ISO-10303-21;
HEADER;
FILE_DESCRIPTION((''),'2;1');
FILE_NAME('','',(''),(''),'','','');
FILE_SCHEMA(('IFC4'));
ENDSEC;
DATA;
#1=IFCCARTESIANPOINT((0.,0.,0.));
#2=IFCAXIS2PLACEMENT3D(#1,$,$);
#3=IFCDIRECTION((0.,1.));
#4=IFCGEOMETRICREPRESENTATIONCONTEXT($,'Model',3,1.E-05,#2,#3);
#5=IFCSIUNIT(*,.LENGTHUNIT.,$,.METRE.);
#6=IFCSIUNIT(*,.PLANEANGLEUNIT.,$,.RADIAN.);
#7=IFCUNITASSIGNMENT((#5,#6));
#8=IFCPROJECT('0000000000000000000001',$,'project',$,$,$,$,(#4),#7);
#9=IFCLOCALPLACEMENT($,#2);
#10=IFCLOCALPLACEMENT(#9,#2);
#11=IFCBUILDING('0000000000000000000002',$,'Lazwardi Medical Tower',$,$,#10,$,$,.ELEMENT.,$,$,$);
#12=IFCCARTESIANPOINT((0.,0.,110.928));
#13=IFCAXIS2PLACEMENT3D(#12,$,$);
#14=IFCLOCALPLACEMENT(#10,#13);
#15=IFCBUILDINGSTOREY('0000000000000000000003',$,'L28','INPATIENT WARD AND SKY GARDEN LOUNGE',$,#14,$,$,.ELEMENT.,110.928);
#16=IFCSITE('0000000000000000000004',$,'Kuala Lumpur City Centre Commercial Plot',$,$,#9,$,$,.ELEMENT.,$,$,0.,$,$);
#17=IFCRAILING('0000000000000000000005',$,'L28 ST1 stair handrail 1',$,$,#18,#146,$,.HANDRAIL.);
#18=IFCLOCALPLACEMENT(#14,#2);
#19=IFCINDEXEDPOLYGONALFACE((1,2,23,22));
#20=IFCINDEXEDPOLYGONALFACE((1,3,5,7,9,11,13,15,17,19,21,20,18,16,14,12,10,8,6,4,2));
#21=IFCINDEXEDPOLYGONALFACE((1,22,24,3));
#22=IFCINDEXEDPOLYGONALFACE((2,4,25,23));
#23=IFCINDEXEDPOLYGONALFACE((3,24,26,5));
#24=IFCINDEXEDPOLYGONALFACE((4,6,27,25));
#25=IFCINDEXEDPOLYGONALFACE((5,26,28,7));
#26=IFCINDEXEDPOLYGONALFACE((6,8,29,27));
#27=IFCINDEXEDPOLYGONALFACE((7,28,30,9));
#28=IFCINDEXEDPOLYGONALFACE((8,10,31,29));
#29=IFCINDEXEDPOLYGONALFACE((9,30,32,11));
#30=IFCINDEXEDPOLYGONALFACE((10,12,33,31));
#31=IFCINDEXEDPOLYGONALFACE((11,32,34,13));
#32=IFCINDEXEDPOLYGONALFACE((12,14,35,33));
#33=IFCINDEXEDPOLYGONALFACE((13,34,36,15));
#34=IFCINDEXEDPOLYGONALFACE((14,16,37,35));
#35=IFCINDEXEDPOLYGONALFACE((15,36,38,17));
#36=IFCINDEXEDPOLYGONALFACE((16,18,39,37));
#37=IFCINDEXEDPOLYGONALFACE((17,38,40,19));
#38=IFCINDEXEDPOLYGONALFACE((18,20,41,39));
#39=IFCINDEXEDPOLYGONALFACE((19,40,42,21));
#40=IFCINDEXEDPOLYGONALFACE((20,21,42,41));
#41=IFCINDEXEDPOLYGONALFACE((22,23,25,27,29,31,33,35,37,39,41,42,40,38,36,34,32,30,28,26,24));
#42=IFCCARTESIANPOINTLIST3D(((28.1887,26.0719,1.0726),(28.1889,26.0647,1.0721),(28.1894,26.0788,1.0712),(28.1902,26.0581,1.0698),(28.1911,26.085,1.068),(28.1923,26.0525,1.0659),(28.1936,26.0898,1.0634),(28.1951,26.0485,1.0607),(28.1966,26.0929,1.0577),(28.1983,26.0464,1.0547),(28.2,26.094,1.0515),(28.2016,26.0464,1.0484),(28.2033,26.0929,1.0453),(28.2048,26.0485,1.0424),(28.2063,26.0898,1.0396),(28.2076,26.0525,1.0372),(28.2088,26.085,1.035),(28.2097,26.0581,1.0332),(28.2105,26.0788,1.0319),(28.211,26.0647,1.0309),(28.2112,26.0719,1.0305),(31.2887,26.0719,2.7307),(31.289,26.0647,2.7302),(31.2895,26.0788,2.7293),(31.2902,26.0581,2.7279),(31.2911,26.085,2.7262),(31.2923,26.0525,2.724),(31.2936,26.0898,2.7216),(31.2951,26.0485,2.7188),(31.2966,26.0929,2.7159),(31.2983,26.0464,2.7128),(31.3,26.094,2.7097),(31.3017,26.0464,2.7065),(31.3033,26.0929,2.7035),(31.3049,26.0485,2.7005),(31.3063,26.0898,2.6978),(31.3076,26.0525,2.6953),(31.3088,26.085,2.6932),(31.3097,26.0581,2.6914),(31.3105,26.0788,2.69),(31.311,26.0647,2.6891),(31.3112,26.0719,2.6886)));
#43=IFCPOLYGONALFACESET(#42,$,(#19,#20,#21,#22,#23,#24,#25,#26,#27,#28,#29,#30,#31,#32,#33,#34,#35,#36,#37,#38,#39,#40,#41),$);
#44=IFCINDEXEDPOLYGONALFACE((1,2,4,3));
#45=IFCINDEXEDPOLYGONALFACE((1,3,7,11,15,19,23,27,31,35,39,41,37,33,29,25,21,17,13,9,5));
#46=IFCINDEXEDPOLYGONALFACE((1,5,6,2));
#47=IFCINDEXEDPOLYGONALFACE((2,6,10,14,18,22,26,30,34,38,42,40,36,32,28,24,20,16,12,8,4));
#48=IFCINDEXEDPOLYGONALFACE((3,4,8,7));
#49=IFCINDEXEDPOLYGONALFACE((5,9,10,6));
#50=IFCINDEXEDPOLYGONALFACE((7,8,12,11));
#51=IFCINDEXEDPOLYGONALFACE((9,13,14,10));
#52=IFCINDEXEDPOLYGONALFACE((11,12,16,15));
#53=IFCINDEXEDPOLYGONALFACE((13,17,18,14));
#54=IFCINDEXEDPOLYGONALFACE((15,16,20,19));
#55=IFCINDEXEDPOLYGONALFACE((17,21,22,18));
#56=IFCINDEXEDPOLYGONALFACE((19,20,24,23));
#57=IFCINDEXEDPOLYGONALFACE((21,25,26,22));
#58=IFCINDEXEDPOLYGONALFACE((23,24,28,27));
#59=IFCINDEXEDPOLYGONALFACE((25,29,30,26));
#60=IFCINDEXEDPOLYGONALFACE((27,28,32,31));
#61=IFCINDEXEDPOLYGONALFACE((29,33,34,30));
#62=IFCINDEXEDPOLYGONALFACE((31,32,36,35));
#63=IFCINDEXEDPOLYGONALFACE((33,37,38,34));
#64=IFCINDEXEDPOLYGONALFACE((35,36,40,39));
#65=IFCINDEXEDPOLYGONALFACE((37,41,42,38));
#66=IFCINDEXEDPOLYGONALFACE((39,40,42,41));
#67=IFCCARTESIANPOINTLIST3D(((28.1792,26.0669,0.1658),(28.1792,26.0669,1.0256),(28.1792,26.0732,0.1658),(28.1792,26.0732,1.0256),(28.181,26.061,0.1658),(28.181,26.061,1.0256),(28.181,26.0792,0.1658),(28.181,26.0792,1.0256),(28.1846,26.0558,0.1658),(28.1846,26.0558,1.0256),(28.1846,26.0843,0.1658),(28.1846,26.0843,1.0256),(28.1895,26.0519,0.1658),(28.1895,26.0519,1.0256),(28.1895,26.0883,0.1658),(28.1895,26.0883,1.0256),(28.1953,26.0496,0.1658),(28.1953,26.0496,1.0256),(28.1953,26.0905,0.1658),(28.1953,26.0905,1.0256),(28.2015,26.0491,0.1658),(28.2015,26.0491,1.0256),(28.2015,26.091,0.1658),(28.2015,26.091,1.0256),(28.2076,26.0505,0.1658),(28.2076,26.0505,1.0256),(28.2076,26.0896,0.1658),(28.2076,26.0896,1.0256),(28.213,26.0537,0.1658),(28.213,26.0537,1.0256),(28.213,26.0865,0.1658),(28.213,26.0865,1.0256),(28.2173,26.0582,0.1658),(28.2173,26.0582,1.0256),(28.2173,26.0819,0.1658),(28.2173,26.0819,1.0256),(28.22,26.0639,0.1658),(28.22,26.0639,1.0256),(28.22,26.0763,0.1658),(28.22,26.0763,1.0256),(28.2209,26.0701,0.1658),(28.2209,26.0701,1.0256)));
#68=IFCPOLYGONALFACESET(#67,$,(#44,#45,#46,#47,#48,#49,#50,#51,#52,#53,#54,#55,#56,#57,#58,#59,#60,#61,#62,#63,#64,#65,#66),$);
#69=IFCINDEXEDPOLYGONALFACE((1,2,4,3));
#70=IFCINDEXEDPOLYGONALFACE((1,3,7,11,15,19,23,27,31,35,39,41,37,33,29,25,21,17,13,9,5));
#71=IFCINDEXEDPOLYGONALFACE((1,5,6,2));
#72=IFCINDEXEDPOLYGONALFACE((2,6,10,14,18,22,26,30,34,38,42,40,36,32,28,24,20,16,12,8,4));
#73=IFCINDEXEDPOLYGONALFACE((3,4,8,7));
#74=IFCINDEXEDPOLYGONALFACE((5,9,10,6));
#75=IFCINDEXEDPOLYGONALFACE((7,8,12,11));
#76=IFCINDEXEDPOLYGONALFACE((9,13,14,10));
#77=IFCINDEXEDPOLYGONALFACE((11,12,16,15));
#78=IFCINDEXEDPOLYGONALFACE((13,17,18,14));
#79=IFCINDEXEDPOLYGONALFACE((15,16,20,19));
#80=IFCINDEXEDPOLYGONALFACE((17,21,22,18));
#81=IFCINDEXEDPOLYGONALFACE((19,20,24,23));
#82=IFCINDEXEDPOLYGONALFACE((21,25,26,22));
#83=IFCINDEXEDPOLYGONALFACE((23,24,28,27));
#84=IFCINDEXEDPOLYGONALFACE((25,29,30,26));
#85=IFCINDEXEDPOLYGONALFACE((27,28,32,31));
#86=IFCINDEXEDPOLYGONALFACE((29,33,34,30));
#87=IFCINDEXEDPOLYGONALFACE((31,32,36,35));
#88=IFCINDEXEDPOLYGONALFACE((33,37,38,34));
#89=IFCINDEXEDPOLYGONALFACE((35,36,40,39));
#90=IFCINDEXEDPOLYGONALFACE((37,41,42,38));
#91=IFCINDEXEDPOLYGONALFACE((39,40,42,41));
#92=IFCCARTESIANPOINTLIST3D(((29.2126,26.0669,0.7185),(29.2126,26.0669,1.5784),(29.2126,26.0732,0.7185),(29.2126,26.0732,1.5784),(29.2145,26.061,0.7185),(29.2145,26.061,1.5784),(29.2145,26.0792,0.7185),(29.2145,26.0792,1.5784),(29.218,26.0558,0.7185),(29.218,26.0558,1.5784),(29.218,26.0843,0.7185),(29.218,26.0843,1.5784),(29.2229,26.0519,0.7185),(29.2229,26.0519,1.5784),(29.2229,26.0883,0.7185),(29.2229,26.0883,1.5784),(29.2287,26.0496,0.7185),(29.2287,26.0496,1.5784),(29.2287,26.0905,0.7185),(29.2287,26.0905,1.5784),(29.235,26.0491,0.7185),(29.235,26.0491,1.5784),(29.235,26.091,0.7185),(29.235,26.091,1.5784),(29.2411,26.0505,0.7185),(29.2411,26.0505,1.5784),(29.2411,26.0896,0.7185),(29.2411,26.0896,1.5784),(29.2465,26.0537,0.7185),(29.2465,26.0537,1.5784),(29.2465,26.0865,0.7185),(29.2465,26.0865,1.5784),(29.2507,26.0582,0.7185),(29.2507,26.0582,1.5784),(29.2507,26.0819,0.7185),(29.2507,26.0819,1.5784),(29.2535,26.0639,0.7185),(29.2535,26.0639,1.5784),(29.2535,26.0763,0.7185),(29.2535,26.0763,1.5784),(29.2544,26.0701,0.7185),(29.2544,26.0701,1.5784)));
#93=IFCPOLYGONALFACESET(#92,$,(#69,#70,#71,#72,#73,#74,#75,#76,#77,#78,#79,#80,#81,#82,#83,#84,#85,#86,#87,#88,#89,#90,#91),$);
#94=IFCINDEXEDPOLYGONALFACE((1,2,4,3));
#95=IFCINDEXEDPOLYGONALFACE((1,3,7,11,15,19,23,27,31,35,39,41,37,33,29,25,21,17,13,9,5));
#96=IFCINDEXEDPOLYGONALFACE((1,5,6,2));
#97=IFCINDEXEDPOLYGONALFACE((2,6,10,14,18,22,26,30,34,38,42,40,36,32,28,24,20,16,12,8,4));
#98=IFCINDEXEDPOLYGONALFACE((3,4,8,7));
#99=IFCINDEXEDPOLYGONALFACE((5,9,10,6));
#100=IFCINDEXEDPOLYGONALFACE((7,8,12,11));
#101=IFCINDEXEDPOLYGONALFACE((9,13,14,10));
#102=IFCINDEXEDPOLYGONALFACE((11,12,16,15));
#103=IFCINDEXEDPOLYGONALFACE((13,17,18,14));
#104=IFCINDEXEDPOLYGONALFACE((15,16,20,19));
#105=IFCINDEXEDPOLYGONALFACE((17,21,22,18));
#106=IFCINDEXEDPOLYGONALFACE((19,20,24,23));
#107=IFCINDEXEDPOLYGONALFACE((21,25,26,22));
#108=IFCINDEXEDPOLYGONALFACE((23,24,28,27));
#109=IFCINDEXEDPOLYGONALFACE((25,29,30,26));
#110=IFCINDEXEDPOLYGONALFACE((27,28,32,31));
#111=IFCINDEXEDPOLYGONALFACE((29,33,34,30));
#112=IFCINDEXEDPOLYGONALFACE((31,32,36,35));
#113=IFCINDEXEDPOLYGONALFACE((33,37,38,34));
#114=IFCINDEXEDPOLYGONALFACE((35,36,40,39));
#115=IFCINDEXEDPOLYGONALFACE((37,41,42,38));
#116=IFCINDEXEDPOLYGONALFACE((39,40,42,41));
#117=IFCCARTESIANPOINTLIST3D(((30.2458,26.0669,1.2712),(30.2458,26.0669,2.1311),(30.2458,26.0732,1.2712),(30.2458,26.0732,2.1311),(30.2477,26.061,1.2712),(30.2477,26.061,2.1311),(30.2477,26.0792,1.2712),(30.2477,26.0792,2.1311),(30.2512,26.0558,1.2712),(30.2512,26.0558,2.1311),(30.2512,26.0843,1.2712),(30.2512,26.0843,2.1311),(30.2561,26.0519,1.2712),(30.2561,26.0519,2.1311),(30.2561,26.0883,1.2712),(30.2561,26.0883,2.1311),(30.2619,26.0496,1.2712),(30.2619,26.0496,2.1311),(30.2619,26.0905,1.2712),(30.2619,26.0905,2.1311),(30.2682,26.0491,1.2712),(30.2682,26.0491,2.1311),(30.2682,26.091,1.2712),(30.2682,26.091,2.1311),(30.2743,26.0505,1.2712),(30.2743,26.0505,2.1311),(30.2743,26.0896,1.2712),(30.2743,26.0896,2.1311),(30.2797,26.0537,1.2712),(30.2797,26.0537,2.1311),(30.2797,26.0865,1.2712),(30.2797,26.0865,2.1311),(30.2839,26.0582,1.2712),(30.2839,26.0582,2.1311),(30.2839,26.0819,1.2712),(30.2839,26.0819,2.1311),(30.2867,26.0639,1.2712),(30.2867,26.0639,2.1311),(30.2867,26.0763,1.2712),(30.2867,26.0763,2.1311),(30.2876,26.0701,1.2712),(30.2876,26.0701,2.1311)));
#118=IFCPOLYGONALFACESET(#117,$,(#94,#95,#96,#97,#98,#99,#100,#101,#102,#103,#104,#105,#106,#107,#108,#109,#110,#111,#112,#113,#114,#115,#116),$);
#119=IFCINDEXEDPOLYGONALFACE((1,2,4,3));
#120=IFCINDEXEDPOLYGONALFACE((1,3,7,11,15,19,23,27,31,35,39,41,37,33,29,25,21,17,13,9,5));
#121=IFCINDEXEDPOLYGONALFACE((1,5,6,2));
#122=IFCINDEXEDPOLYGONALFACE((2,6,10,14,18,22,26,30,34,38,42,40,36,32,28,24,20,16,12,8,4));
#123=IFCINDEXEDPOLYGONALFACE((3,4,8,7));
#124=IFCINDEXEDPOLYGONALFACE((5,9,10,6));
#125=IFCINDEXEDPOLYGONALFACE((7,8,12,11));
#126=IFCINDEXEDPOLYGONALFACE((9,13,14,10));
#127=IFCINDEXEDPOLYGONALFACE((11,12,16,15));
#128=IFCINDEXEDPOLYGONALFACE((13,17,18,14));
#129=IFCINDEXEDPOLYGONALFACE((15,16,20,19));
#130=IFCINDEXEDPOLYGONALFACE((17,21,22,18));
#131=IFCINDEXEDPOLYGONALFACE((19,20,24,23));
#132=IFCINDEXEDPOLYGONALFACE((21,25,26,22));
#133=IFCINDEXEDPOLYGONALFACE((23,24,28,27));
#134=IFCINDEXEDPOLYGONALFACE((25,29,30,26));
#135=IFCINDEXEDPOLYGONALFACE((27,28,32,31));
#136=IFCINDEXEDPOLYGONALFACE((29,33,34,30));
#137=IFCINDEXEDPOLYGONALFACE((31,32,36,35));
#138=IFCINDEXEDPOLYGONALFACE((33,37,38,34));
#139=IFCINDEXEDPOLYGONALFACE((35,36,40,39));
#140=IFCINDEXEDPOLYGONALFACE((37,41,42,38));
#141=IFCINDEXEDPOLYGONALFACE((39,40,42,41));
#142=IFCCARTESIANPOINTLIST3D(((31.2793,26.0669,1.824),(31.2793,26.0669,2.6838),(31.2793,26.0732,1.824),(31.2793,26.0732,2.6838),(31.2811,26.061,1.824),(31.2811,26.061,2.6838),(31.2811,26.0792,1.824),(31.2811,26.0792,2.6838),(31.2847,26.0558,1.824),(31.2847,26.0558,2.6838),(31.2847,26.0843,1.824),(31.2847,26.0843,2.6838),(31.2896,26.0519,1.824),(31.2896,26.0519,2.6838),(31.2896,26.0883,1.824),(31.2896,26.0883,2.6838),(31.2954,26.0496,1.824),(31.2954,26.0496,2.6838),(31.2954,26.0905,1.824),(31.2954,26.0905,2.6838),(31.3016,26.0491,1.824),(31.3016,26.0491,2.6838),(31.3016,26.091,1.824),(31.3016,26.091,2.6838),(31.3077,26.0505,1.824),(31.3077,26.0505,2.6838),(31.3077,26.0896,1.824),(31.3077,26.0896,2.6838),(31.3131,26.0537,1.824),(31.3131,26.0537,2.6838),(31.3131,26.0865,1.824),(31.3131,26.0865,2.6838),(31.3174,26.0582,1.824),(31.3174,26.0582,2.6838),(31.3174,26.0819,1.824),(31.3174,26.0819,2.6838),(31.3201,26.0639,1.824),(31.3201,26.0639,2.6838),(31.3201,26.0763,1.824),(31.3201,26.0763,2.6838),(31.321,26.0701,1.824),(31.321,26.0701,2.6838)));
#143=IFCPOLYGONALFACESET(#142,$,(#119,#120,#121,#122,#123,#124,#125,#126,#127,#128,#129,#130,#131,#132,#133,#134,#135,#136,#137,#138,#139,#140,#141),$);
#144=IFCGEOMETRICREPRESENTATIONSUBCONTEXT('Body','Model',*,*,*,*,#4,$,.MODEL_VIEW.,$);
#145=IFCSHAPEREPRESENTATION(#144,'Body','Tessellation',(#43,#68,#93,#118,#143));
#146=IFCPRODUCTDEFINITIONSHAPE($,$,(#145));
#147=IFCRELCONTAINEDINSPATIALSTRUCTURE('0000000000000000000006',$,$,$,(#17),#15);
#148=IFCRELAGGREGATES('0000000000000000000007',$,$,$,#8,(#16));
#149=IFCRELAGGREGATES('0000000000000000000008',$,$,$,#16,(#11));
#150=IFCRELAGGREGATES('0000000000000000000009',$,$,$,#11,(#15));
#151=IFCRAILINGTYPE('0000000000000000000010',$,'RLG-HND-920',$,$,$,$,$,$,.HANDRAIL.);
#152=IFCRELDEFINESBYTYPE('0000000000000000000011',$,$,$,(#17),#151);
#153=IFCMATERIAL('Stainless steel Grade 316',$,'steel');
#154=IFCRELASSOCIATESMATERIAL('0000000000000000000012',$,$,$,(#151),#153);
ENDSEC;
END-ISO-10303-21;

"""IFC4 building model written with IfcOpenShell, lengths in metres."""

from ifc_helpers import new_model, si_unit, direction, frame, origin, origin_2d, place, context, subcontext, project, spatial, circle, extrude, material, type_object, element, save


model = new_model("IFC4")

# Units and contexts
model_context = context("Model", 3, precision=1e-05, world=origin(), true_north=direction((0.0, 1.0)))
body_context = subcontext(model_context, "Body", "Model", "MODEL_VIEW")
ifc_project = project(units=[si_unit("LENGTHUNIT", "METRE"), si_unit("PLANEANGLEUNIT", "RADIAN")], contexts=[model_context])

# Site, building, storey
site_placement = place(None, origin())
site = spatial("IfcSite", under=ifc_project, at=site_placement, Name="Kuala Lumpur City Centre Commercial Plot", CompositionType="ELEMENT", RefElevation=0.0)
building_placement = place(site_placement, origin())
building = spatial("IfcBuilding", under=site, at=building_placement, Name="Lazwardi Medical Tower", CompositionType="ELEMENT")
storey_placement = place(building_placement, frame((0.0, 0.0, 110.928)))
storey = spatial("IfcBuildingStorey", under=building, at=storey_placement, Name="L28", Description="INPATIENT WARD AND SKY GARDEN LOUNGE", CompositionType="ELEMENT", Elevation=110.928)

# Railing
ifc_material_1 = material(Name="Stainless steel Grade 316", Category="steel")
railing_type_1 = type_object("IfcRailingType", Name="RLG-HND-920", PredefinedType="HANDRAIL", material=ifc_material_1)
railing_1_placement = place(storey_placement, frame((28.2, 26.0701, 0.1658)))
element("IfcRailing", 1, at=railing_1_placement, inside=storey, type_object=railing_type_1, Name="L28 ST1 stair handrail 1", PredefinedType="HANDRAIL", context=body_context, shape_type="SweptSolid", body=[
    extrude(circle(Radius=0.0239, at=origin_2d()), frame((0.0, 0.0, 0.8857), z_axis=(0.881783, 0.0, 0.471655), x_axis=(0.0, 1.0, 0.0)), (0.0, 0.0, 1.0), 3.5156),
    extrude(circle(Radius=0.021, at=origin_2d()), origin(), (0.0, 0.0, 1.0), 0.8599),
    extrude(circle(Radius=0.021, at=origin_2d()), frame((1.0334, 0.0, 0.5527)), (0.0, 0.0, 1.0), 0.8599),
    extrude(circle(Radius=0.021, at=origin_2d()), frame((2.0667, 0.0, 1.1055)), (0.0, 0.0, 1.0), 0.8599),
    extrude(circle(Radius=0.021, at=origin_2d()), frame((3.1001, 0.0, 1.6582)), (0.0, 0.0, 1.0), 0.8599),
])

save(model, "model.ifc")
